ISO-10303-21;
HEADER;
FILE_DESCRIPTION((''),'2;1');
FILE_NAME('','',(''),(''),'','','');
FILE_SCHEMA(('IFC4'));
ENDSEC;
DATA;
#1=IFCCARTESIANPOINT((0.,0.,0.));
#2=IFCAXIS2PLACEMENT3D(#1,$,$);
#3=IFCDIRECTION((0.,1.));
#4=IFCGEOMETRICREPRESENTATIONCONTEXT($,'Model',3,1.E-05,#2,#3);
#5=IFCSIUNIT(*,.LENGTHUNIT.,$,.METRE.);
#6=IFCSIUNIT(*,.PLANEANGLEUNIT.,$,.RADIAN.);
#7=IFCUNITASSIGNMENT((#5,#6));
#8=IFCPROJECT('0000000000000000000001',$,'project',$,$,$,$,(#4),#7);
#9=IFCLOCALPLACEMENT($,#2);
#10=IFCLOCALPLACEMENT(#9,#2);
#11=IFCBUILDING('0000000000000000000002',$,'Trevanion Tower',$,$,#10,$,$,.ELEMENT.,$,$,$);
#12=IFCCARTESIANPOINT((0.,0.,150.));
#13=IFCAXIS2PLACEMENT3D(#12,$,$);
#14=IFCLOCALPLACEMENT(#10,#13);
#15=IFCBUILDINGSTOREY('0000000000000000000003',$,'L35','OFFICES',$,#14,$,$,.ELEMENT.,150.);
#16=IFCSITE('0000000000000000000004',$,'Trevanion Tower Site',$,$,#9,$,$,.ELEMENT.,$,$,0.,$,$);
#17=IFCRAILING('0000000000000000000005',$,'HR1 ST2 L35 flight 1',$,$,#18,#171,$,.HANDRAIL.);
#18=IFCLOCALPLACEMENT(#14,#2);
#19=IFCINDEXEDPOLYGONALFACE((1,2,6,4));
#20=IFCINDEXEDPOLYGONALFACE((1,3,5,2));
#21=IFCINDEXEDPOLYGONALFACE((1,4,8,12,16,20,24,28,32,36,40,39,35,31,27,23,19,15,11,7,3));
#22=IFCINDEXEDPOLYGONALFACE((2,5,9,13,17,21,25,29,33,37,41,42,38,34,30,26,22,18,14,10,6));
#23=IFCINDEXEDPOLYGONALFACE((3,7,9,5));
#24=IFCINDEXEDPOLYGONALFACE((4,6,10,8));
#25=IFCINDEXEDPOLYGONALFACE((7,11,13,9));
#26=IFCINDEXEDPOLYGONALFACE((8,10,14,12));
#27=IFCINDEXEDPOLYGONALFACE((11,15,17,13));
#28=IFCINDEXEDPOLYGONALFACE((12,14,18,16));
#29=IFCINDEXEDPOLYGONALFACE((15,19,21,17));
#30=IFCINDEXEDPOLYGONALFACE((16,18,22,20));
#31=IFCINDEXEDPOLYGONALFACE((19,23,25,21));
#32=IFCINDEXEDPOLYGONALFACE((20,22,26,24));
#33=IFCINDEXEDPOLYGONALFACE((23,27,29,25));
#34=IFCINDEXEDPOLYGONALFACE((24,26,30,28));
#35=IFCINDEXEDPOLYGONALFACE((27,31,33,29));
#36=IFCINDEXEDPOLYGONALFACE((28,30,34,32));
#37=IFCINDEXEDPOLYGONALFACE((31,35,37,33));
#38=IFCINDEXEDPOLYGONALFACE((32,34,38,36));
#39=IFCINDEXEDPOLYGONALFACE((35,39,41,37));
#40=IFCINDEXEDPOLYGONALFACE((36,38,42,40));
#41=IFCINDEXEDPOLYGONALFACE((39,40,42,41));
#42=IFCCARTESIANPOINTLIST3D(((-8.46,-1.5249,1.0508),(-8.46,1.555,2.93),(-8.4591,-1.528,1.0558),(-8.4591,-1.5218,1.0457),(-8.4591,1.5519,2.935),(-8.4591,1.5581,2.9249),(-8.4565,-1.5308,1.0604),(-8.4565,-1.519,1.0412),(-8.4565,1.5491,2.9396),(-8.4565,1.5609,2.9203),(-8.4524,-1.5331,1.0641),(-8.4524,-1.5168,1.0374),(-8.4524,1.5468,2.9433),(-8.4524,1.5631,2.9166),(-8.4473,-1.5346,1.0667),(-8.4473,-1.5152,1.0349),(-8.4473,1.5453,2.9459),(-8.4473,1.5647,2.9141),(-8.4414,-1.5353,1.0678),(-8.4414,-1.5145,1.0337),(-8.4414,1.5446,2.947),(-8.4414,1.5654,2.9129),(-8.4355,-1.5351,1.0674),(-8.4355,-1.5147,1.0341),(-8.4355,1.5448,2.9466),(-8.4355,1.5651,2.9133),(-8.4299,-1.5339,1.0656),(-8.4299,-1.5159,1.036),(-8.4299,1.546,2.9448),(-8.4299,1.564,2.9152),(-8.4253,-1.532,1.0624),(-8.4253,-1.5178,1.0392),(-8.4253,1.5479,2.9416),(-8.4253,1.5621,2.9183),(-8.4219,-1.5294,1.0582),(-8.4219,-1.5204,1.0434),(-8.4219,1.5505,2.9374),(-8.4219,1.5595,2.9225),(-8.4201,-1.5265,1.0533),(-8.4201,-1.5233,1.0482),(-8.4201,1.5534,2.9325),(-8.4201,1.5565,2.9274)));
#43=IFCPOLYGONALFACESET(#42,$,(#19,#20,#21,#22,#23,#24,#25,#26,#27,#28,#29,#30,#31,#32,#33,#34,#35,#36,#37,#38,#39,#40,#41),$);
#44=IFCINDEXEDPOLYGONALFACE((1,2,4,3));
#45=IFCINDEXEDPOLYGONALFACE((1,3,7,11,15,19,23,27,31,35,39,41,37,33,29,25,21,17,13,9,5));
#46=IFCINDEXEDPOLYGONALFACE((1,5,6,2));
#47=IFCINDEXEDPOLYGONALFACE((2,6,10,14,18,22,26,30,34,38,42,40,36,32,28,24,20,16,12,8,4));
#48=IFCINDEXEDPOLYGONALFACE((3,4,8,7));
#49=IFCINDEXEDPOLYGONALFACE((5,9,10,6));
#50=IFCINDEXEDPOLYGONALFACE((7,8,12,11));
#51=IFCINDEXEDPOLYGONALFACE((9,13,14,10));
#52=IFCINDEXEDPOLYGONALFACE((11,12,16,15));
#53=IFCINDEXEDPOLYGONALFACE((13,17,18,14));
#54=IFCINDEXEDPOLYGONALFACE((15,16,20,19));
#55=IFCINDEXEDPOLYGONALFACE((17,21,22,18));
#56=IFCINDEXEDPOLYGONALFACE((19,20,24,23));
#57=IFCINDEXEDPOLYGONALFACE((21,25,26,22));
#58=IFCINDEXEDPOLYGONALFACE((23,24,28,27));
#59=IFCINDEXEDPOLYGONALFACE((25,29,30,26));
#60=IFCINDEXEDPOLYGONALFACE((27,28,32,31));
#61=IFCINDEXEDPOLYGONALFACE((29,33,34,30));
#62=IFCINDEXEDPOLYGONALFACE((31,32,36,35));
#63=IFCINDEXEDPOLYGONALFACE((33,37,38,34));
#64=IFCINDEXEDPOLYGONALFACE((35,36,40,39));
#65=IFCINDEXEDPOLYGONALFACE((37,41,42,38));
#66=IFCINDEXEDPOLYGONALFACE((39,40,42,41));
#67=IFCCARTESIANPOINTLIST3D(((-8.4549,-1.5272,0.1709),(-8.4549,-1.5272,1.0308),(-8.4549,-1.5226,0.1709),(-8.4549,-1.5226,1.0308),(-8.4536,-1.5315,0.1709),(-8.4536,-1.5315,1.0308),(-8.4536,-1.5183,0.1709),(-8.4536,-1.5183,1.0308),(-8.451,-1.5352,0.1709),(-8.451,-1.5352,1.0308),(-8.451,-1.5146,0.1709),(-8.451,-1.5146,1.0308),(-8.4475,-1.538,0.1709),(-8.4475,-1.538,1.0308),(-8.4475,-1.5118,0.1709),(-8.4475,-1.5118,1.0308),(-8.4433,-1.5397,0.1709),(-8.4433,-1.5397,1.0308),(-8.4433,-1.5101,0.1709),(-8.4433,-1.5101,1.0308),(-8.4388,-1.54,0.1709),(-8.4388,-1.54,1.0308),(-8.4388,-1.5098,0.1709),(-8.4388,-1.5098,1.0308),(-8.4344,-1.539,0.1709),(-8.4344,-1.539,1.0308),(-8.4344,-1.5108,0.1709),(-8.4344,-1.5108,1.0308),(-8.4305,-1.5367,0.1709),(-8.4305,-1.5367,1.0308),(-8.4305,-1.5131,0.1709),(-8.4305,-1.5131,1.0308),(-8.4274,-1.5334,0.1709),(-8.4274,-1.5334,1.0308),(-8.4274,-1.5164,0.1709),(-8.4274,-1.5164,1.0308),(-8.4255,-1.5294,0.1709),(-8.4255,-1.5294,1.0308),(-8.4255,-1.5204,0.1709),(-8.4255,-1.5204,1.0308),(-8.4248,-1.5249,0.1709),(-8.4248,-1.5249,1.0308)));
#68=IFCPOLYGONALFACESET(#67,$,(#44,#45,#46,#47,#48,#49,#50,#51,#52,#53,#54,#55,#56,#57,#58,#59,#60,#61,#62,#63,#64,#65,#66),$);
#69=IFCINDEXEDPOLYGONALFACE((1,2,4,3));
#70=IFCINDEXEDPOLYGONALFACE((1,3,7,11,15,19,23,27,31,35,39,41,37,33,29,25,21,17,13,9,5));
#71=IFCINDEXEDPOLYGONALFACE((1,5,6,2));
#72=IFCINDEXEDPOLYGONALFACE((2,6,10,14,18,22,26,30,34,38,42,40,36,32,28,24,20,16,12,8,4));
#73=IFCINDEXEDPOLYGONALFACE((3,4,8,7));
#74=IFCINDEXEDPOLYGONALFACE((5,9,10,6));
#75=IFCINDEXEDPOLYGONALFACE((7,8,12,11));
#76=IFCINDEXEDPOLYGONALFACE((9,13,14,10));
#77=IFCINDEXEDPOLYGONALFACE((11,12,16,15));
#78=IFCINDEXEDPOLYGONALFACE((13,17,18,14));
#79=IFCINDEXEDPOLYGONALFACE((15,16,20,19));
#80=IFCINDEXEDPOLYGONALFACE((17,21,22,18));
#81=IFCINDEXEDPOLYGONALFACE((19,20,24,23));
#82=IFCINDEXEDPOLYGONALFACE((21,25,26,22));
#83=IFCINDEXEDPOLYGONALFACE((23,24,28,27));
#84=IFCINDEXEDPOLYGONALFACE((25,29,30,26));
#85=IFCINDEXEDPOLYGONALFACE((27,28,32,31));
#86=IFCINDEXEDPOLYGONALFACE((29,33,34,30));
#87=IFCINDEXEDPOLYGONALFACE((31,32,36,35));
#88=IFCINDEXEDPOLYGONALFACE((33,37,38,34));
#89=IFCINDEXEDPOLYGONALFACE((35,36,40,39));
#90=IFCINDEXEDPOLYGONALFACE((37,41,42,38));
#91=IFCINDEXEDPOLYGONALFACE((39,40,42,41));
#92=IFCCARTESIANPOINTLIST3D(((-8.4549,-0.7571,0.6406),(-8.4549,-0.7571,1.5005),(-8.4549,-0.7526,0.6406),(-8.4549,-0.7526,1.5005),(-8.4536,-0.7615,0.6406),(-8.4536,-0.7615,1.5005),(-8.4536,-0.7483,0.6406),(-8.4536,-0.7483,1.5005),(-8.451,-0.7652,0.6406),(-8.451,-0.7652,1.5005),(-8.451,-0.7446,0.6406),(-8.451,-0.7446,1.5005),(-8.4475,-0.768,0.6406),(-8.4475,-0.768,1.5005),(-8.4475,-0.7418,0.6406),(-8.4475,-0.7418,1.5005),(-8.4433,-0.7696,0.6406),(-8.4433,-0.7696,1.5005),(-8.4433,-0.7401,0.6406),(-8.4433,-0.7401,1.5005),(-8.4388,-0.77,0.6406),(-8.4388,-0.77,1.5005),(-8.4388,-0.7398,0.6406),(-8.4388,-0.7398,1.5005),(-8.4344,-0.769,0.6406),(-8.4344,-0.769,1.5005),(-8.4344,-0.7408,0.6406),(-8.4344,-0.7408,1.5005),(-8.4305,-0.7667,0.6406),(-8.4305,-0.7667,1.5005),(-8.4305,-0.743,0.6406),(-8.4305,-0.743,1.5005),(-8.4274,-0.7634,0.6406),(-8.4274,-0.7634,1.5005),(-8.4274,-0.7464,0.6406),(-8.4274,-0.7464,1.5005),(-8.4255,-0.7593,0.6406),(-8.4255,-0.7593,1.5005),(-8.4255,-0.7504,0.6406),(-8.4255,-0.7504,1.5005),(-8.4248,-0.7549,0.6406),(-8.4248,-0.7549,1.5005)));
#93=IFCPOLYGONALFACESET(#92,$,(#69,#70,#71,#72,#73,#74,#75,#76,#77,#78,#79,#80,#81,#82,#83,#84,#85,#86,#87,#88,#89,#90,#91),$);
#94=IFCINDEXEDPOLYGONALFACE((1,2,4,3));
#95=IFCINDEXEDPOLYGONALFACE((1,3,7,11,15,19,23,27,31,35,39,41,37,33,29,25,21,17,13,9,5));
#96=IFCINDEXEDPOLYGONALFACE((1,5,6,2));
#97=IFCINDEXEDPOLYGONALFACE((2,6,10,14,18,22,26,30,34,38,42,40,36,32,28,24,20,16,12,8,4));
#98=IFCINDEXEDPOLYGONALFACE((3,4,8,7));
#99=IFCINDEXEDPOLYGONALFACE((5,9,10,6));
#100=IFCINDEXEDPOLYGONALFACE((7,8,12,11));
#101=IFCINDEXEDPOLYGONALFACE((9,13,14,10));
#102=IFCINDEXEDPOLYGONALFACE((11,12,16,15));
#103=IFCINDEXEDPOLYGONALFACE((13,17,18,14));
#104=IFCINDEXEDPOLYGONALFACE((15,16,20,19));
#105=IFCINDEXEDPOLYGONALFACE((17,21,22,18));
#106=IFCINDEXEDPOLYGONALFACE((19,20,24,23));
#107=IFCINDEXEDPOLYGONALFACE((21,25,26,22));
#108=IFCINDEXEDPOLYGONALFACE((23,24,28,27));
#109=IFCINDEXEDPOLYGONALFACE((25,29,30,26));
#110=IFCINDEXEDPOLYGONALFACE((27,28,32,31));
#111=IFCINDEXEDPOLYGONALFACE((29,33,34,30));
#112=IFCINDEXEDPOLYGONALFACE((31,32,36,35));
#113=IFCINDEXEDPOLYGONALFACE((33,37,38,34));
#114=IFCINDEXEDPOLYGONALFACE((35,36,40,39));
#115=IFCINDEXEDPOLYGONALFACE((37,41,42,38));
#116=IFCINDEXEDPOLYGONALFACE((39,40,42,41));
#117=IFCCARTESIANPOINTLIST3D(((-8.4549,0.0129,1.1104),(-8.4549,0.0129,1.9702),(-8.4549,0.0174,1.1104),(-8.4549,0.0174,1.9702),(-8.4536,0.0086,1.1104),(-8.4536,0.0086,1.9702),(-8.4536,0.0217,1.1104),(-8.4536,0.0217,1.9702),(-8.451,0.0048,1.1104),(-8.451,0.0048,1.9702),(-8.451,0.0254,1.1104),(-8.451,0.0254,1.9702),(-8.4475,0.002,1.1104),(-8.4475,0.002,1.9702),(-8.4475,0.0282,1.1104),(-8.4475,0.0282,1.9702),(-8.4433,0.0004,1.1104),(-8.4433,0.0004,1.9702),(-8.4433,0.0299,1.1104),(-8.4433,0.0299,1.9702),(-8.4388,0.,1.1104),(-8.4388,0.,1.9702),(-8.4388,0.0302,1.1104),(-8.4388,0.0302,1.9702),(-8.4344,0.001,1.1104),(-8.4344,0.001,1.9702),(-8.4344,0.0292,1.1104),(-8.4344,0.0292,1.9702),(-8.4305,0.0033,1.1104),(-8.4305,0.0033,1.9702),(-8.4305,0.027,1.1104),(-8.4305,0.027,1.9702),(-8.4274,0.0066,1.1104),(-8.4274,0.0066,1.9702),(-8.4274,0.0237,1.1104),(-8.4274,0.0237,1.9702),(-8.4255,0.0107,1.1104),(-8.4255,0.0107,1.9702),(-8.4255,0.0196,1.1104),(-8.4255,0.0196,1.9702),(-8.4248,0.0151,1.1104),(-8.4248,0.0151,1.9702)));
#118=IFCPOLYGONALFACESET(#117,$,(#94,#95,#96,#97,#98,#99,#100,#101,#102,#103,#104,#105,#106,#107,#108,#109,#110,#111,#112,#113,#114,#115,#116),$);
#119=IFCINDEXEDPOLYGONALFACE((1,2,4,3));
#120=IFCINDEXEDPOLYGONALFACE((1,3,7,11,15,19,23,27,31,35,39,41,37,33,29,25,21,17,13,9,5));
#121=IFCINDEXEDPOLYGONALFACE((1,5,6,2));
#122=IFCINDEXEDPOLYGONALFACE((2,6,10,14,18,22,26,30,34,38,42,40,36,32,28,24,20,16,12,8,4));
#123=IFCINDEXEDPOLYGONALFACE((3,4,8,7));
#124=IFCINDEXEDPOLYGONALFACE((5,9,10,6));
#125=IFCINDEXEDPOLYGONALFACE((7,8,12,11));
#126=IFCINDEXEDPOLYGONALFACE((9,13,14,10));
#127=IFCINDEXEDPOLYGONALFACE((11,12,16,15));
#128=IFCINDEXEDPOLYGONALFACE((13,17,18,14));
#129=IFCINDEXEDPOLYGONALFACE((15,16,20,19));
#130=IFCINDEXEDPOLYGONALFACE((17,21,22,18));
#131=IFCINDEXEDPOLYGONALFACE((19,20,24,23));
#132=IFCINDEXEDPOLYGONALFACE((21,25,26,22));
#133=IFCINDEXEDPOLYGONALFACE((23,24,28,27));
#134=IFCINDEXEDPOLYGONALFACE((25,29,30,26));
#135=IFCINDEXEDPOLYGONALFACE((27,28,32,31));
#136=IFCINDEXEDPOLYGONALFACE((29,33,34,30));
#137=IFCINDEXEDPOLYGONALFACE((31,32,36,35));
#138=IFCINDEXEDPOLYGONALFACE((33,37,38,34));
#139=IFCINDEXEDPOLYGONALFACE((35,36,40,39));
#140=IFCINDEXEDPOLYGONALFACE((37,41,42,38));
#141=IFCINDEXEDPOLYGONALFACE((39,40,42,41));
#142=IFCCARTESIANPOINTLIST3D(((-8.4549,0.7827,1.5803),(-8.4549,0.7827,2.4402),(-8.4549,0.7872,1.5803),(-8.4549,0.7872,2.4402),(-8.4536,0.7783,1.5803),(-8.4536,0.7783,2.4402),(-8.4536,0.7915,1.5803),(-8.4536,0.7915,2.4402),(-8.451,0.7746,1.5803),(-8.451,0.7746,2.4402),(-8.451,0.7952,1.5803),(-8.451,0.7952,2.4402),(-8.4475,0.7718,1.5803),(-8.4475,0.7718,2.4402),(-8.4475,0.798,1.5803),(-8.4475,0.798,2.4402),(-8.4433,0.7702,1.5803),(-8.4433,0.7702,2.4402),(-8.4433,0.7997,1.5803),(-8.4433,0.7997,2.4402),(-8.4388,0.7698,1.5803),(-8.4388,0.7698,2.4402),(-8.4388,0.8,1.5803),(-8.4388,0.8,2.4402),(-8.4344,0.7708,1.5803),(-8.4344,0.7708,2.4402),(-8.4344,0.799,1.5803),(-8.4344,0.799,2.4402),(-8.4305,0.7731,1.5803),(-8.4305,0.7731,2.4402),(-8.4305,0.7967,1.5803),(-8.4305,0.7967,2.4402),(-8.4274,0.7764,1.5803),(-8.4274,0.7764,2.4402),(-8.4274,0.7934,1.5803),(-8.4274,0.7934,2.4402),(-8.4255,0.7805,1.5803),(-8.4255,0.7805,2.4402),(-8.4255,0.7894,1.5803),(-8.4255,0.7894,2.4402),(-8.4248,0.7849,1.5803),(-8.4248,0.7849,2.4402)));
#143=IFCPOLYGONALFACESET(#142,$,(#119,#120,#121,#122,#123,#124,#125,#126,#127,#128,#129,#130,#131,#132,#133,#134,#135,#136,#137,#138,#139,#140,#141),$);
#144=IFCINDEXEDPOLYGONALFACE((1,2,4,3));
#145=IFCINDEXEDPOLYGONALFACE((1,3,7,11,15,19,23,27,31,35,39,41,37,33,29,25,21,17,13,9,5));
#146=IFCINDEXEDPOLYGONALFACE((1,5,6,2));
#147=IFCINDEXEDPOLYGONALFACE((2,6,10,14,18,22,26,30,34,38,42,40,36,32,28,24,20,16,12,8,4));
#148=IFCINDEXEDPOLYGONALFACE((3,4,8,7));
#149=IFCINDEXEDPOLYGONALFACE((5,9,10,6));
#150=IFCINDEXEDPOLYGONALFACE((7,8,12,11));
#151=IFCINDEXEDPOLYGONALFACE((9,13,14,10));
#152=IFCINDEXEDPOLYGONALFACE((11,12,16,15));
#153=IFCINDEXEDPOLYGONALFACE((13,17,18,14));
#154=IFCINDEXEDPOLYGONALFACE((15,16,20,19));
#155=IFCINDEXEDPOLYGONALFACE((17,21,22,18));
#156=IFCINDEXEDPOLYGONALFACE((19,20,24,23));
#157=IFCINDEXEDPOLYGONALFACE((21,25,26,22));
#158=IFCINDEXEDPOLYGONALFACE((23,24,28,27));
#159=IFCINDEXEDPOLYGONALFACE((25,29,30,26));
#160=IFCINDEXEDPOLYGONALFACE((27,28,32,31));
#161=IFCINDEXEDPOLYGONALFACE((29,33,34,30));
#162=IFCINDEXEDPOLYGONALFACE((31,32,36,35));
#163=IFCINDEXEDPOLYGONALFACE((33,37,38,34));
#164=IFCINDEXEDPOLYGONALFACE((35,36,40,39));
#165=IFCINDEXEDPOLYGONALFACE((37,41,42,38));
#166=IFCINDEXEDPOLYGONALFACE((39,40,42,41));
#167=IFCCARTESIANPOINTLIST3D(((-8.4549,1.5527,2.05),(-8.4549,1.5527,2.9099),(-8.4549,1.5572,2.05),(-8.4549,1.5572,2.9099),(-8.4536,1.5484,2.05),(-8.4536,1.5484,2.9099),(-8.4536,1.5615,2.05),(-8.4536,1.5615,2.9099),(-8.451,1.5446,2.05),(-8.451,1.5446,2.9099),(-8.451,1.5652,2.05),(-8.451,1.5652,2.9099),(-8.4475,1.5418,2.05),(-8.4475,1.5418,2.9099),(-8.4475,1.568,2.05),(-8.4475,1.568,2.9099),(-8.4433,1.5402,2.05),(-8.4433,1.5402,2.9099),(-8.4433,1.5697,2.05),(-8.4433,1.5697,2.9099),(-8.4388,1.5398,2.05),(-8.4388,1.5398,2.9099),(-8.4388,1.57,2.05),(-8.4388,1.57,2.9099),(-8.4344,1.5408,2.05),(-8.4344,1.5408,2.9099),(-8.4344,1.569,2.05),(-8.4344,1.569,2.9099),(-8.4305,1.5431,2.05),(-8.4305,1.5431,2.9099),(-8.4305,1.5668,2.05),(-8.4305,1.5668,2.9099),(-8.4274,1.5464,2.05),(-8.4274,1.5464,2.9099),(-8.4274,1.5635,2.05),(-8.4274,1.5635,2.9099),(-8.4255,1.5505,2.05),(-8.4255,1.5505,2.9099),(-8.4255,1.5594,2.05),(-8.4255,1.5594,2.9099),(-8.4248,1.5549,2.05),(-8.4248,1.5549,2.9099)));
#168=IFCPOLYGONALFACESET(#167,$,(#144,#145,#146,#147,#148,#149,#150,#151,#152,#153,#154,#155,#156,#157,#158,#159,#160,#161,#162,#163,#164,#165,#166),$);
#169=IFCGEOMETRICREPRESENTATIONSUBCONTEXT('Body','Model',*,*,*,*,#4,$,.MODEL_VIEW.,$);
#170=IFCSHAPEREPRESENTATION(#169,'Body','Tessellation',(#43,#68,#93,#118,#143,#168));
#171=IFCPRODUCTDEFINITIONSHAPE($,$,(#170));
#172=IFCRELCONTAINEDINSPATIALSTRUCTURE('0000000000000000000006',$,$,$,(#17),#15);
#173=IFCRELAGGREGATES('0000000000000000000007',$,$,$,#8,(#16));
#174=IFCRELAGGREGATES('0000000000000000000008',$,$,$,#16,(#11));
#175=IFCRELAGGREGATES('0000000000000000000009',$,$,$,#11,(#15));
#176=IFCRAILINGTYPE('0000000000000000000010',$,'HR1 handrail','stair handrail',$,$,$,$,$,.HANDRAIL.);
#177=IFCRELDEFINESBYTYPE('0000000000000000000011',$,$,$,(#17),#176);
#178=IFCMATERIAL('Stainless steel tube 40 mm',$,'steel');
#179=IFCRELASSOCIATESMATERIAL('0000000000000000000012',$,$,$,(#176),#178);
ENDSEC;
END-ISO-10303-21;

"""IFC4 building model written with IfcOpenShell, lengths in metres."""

from ifc_helpers import new_model, si_unit, direction, frame, origin, origin_2d, place, context, subcontext, project, spatial, circle, extrude, material, type_object, element, save


model = new_model("IFC4")

# Units and contexts
model_context = context("Model", 3, precision=1e-05, world=origin(), true_north=direction((0.0, 1.0)))
body_context = subcontext(model_context, "Body", "Model", "MODEL_VIEW")
ifc_project = project(units=[si_unit("LENGTHUNIT", "METRE"), si_unit("PLANEANGLEUNIT", "RADIAN")], contexts=[model_context])

# Site, building, storey
site_placement = place(None, origin())
site = spatial("IfcSite", under=ifc_project, at=site_placement, Name="Trevanion Tower Site", CompositionType="ELEMENT", RefElevation=0.0)
building_placement = place(site_placement, origin())
building = spatial("IfcBuilding", under=site, at=building_placement, Name="Trevanion Tower", CompositionType="ELEMENT")
storey_placement = place(building_placement, frame((0.0, 0.0, 150.0)))
storey = spatial("IfcBuildingStorey", under=building, at=storey_placement, Name="L35", Description="OFFICES", CompositionType="ELEMENT", Elevation=150.0)

# Railing
ifc_material_1 = material(Name="Stainless steel tube 40 mm", Category="steel")
railing_type = type_object("IfcRailingType", Name="HR1 handrail", Description="stair handrail", PredefinedType="HANDRAIL", material=ifc_material_1)
for number, where, name in (
    (1, (-8.4399, -1.5249, 0.1709), "HR1 ST2 L35 flight 1"),
):
    element("IfcRailing", number, at=place(storey_placement, frame(where)), inside=storey, type_object=railing_type, Name=name, PredefinedType="HANDRAIL", context=body_context, shape_type="SweptSolid", body=[
        extrude(circle(Radius=0.02, at=origin_2d()), frame((0.0, 0.0, 0.8799), z_axis=(0.0, 0.853648, 0.52085), x_axis=(-1.0, 0.0, 0.0)), (0.0, 0.0, 1.0), 3.6079),
        extrude(circle(Radius=0.0151, at=origin_2d()), origin(), (0.0, 0.0, 1.0), 0.8599),
        extrude(circle(Radius=0.0151, at=origin_2d()), frame((0.0, 0.77, 0.4697)), (0.0, 0.0, 1.0), 0.8599),
        extrude(circle(Radius=0.0151, at=origin_2d()), frame((0.0, 1.54, 0.9395)), (0.0, 0.0, 1.0), 0.8599),
        extrude(circle(Radius=0.0151, at=origin_2d()), frame((0.0, 2.3098, 1.4094)), (0.0, 0.0, 1.0), 0.8599),
        extrude(circle(Radius=0.0151, at=origin_2d()), frame((0.0, 3.0798, 1.8792)), (0.0, 0.0, 1.0), 0.8599),
    ])

save(model, "model.ifc")
